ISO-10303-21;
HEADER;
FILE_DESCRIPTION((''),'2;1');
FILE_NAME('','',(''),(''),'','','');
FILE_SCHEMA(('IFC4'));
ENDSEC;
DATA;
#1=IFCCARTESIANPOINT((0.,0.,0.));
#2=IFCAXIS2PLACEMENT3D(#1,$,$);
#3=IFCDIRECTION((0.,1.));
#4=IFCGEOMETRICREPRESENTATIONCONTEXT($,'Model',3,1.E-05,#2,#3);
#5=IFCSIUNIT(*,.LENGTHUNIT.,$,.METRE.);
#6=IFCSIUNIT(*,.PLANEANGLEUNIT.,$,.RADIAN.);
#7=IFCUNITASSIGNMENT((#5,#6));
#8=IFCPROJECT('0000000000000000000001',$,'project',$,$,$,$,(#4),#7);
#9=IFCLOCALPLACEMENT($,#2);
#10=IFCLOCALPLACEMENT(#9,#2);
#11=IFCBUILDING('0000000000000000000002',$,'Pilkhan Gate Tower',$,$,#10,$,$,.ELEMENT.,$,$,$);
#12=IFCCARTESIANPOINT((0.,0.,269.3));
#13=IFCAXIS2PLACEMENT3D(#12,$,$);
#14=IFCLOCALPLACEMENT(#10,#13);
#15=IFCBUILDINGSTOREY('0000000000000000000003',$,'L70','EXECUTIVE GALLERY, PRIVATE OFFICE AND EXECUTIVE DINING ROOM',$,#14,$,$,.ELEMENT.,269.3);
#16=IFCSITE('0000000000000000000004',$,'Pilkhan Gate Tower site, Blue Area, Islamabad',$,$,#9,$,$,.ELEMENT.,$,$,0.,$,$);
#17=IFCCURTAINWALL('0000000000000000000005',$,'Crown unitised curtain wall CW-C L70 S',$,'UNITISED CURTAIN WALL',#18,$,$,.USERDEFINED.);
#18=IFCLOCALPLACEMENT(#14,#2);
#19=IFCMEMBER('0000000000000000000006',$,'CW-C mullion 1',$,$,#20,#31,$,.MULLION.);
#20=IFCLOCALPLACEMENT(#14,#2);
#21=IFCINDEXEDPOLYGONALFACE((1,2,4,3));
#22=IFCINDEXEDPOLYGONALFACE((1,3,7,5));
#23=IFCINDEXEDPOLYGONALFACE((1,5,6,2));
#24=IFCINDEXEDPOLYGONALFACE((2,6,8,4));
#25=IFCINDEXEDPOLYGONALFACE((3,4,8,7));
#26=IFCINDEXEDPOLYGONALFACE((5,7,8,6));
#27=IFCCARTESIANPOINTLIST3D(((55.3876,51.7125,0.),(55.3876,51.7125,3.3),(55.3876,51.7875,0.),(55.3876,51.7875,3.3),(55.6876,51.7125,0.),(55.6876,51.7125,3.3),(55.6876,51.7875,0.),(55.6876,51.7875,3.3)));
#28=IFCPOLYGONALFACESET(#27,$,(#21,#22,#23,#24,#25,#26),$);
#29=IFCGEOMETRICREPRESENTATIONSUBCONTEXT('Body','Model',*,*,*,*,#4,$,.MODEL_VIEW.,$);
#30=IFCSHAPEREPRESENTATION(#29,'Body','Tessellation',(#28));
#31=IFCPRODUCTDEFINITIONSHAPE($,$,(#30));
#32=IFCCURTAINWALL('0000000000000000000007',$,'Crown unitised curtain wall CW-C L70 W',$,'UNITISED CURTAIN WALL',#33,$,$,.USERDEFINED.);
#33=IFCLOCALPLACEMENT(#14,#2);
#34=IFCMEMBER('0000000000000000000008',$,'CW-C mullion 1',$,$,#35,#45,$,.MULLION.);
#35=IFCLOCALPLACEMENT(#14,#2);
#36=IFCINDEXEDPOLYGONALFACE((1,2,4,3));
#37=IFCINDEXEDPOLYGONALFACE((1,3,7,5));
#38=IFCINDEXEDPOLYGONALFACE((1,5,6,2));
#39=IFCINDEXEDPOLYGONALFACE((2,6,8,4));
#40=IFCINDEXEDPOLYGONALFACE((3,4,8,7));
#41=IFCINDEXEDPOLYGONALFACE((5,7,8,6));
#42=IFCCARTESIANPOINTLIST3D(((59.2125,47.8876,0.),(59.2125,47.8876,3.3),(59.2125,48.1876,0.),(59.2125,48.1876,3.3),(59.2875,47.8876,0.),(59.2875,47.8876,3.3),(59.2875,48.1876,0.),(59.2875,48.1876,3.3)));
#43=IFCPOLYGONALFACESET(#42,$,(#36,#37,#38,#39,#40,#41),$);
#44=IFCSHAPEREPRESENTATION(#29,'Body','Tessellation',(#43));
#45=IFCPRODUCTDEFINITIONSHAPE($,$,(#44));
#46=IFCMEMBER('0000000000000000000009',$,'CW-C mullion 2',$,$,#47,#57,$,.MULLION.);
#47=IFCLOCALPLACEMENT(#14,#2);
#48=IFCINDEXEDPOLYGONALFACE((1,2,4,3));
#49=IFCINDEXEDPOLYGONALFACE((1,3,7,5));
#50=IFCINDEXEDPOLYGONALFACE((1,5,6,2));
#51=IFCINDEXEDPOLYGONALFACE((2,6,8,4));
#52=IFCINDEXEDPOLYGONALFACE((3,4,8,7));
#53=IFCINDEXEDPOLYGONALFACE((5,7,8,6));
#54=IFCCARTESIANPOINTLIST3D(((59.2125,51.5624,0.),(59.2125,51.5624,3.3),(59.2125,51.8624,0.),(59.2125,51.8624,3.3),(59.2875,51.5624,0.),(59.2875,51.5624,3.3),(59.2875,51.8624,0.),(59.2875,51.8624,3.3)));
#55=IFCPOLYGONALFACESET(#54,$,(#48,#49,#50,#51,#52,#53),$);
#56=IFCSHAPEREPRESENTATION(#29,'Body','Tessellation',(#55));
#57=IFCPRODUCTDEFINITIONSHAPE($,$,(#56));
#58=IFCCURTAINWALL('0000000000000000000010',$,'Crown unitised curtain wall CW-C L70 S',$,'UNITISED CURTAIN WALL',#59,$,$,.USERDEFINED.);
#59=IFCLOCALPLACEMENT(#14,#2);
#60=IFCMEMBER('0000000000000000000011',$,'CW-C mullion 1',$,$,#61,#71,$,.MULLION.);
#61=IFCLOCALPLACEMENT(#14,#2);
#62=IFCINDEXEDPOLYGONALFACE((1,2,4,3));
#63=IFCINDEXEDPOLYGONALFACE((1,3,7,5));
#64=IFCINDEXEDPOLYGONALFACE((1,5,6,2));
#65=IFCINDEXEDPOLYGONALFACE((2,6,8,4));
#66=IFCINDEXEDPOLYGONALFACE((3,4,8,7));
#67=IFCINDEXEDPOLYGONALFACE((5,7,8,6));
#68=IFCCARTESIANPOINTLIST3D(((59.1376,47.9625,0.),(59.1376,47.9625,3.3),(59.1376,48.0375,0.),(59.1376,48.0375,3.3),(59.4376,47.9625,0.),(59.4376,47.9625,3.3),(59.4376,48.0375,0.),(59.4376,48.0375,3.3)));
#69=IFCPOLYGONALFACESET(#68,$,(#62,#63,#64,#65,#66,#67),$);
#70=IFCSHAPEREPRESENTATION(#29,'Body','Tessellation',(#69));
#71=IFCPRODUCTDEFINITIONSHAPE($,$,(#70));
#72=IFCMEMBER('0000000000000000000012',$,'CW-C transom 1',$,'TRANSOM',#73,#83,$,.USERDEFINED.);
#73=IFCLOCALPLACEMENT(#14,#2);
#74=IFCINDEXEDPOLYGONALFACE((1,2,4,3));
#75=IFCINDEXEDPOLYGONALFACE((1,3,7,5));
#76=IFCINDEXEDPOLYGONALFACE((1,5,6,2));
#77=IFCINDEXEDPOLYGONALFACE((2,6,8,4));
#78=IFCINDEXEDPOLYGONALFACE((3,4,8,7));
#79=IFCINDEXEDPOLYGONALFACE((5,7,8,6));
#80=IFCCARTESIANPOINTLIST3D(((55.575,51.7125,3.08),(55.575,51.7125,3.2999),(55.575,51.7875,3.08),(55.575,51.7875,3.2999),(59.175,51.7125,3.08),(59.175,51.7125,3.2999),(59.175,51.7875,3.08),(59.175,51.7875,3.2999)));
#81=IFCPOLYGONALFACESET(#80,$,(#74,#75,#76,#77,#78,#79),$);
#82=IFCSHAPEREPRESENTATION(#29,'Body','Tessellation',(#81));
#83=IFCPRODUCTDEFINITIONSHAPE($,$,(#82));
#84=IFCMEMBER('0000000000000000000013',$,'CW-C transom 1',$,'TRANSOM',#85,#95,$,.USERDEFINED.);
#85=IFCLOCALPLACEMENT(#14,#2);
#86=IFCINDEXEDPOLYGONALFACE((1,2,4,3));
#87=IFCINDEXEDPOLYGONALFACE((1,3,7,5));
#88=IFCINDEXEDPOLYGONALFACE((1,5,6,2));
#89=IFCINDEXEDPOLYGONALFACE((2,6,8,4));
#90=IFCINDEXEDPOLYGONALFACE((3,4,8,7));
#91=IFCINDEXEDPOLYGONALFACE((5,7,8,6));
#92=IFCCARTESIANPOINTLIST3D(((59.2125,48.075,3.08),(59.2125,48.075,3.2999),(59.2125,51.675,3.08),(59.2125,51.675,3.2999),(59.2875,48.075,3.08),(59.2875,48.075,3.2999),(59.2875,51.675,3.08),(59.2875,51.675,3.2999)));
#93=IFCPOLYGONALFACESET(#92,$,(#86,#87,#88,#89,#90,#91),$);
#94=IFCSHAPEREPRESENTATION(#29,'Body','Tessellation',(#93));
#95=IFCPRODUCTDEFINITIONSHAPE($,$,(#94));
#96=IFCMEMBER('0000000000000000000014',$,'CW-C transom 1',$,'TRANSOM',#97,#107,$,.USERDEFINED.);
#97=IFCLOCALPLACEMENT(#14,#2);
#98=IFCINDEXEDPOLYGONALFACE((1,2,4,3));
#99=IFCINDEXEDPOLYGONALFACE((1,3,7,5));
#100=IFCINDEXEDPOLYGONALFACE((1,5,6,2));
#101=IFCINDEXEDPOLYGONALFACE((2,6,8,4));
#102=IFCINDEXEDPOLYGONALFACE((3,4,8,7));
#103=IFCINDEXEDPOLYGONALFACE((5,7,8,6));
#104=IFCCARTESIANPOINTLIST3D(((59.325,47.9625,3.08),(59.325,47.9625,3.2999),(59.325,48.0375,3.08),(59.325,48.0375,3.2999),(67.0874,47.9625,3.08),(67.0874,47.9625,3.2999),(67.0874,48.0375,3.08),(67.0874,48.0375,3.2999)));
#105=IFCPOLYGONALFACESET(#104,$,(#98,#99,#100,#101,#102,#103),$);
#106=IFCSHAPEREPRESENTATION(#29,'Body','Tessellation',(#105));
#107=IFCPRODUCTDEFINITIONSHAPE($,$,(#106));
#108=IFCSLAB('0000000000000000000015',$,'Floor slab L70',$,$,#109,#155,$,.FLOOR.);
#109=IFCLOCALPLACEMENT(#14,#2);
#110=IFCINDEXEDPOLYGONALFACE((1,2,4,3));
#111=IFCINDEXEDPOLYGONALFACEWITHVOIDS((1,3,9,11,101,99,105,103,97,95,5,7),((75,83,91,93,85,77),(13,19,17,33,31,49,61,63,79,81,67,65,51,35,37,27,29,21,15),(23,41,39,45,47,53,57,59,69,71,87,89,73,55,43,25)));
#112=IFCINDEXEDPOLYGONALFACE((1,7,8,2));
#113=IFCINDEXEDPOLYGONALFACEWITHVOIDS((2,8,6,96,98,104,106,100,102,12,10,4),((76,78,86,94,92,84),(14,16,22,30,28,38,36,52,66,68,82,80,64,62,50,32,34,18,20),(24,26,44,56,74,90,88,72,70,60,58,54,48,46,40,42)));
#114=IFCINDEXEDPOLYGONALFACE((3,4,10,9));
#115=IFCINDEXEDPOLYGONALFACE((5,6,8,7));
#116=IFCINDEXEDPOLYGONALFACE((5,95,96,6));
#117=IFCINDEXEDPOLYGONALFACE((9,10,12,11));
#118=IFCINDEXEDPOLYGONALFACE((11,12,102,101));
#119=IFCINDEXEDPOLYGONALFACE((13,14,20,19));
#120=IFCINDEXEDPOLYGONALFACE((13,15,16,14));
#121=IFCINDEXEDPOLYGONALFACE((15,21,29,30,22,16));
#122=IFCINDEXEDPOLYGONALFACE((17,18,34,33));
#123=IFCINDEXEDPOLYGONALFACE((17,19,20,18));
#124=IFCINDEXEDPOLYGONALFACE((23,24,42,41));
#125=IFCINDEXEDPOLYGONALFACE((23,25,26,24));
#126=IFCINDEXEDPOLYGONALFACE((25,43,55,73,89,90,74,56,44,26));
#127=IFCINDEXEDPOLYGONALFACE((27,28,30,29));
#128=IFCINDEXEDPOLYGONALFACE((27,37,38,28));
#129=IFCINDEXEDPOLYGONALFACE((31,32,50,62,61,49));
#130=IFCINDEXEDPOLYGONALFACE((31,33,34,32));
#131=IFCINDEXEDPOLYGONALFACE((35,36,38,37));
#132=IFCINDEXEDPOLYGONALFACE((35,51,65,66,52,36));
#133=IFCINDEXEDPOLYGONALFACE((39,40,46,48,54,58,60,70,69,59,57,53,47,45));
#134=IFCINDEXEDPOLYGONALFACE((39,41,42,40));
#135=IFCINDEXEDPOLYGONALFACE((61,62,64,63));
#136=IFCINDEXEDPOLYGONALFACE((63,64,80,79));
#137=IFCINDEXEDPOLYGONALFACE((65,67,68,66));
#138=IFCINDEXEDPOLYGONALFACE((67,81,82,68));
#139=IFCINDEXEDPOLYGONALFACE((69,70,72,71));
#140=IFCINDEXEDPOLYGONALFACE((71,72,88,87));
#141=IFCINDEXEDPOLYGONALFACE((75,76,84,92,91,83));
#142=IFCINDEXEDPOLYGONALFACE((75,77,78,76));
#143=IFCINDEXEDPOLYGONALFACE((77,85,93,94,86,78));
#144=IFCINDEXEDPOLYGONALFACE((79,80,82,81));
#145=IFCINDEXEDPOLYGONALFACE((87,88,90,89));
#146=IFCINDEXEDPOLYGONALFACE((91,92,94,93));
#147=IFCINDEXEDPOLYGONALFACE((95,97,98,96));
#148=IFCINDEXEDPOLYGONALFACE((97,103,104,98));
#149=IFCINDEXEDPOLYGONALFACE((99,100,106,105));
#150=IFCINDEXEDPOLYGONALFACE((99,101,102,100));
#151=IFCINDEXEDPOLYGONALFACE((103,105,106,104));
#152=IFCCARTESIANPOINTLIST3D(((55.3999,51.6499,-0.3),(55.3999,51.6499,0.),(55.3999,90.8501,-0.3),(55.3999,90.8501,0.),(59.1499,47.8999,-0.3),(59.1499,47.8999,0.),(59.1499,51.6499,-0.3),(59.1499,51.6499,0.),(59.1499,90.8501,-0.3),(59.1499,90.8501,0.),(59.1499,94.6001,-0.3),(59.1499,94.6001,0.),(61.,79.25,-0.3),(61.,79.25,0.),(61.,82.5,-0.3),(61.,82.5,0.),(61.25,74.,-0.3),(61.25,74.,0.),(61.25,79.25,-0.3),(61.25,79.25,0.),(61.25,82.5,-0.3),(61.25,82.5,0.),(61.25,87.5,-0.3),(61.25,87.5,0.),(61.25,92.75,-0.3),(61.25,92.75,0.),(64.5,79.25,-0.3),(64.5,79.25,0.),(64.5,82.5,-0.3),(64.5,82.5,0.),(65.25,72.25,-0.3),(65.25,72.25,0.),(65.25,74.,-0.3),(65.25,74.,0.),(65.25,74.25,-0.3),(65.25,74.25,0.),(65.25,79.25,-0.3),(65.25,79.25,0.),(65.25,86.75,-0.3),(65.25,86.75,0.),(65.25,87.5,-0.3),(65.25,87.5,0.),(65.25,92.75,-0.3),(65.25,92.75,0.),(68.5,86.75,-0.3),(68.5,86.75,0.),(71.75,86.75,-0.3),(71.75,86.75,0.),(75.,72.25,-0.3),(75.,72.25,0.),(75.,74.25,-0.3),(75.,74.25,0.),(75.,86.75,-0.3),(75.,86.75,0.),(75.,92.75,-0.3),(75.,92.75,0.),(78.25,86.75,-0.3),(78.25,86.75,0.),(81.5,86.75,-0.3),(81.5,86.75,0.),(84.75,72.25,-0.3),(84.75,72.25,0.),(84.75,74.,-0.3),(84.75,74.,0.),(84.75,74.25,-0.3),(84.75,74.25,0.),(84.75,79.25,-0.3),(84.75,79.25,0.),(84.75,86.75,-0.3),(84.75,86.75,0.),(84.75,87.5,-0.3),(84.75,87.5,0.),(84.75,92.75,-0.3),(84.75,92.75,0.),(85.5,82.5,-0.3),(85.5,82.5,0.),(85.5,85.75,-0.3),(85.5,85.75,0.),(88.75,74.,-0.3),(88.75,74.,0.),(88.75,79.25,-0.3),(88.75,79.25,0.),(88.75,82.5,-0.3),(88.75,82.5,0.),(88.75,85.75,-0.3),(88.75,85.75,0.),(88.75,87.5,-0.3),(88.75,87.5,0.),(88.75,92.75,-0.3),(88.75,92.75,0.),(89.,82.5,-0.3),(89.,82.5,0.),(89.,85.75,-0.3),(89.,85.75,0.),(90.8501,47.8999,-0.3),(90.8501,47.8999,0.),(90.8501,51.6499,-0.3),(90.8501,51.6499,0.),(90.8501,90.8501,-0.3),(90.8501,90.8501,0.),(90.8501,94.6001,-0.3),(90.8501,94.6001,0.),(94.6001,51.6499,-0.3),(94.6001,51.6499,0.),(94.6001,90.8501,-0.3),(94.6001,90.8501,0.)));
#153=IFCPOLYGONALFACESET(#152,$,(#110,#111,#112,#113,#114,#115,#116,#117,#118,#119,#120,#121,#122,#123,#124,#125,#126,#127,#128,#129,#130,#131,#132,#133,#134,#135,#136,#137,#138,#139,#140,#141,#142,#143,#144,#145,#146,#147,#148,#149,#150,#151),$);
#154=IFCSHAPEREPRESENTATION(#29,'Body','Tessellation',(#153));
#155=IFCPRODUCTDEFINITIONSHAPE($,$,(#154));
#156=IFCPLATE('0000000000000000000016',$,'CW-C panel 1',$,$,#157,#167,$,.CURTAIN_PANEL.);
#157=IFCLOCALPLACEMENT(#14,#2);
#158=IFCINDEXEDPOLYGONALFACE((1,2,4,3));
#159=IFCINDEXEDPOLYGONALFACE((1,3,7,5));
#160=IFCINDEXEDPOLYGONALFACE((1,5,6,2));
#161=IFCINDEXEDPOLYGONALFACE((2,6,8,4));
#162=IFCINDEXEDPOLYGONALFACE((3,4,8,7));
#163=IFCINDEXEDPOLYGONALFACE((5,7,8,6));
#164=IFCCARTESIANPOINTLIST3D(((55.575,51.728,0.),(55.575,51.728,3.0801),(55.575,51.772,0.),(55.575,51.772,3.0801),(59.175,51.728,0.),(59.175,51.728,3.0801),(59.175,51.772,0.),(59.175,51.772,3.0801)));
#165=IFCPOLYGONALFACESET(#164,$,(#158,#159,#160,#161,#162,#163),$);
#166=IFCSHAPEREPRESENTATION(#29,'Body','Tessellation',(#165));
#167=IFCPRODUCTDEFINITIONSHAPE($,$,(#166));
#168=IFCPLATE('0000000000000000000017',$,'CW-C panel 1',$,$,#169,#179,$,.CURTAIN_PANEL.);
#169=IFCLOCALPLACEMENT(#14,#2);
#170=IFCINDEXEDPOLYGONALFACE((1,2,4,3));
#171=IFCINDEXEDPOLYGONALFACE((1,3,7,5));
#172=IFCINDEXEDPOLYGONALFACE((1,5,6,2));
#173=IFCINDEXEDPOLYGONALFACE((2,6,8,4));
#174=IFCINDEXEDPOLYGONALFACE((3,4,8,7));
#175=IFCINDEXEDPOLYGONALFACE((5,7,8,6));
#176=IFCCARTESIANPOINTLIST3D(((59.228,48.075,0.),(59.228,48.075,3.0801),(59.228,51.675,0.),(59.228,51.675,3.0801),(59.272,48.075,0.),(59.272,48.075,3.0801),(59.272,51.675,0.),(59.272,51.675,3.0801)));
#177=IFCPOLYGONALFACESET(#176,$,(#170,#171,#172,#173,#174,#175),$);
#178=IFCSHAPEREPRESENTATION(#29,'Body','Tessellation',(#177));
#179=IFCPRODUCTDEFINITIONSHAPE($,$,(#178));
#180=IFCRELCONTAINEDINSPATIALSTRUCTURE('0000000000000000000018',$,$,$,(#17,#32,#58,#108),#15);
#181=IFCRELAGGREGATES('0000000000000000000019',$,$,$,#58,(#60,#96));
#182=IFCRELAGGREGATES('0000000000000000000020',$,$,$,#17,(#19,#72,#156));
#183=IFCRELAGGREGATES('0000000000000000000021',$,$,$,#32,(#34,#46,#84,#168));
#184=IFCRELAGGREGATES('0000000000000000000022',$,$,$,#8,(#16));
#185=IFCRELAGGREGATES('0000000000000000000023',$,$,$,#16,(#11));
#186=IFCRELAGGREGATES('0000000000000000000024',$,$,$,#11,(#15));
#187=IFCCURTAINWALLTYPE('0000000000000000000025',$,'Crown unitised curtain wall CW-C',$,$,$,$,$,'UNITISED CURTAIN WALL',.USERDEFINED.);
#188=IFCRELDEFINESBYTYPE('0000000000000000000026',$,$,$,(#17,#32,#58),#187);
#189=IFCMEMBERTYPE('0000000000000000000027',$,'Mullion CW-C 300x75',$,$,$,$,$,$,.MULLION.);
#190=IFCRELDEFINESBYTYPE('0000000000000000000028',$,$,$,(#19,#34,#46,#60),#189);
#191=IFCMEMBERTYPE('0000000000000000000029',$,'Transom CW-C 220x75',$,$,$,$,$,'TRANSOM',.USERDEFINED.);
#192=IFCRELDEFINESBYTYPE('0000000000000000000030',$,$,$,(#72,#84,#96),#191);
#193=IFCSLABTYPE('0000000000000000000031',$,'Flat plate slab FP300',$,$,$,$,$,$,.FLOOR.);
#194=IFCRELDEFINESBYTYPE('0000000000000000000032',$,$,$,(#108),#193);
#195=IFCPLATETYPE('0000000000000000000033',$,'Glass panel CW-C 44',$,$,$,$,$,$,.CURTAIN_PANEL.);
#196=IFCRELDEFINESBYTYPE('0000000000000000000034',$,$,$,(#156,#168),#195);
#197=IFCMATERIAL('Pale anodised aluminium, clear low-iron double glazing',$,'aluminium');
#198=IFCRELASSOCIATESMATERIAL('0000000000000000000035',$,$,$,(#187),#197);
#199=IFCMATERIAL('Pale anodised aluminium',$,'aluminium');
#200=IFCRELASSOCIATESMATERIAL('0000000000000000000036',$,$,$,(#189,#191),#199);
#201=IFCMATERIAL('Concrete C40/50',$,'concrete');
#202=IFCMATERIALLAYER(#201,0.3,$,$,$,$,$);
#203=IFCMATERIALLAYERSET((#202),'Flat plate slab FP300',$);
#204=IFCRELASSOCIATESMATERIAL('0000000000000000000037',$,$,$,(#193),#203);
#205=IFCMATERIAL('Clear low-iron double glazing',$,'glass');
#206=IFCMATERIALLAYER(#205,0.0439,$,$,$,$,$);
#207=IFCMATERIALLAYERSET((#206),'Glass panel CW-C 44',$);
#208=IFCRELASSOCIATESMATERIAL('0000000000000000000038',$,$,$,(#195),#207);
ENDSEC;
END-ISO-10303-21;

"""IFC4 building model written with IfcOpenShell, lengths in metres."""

from ifc_helpers import new_model, si_unit, direction, frame, origin, origin_2d, place, context, subcontext, project, spatial, polyline, rectangle, outline, extrude, material, layer, layer_set, material_profile, profile_set, type_object, element, aggregate, save


model = new_model("IFC4")

# Units and contexts
model_context = context("Model", 3, precision=1e-05, world=origin(), true_north=direction((0.0, 1.0)))
body_context = subcontext(model_context, "Body", "Model", "MODEL_VIEW")
ifc_project = project(units=[si_unit("LENGTHUNIT", "METRE"), si_unit("PLANEANGLEUNIT", "RADIAN")], contexts=[model_context])

# Site, building, storey
site_placement = place(None, origin())
site = spatial("IfcSite", under=ifc_project, at=site_placement, Name="Pilkhan Gate Tower site, Blue Area, Islamabad", CompositionType="ELEMENT", RefElevation=0.0)
building_placement = place(site_placement, origin())
building = spatial("IfcBuilding", under=site, at=building_placement, Name="Pilkhan Gate Tower", CompositionType="ELEMENT")
storey_placement = place(building_placement, frame((0.0, 0.0, 269.3)))
storey = spatial("IfcBuildingStorey", under=building, at=storey_placement, Name="L70", Description="EXECUTIVE GALLERY, PRIVATE OFFICE AND EXECUTIVE DINING ROOM", CompositionType="ELEMENT", Elevation=269.3)

# Curtain wall, member
ifc_material_1 = material(Name="Pale anodised aluminium, clear low-iron double glazing", Category="aluminium")
curtain_wall_type = type_object("IfcCurtainWallType", Name="Crown unitised curtain wall CW-C", ElementType="UNITISED CURTAIN WALL", PredefinedType="USERDEFINED", material=ifc_material_1)
curtain_wall_1_placement = place(storey_placement, origin())
curtain_wall_1 = element("IfcCurtainWall", 1, at=curtain_wall_1_placement, inside=storey, type_object=curtain_wall_type, Name="Crown unitised curtain wall CW-C L70 S", ObjectType="UNITISED CURTAIN WALL", PredefinedType="USERDEFINED")
ifc_material_2 = material(Name="Pale anodised aluminium", Category="aluminium")
ifc_material_profile_1 = material_profile(ifc_material_2, rectangle(XDim=0.075, YDim=0.3, at=origin_2d()), Name="Mullion 300x75")
ifc_profile_set_1 = profile_set([ifc_material_profile_1], Name="Pale anodised aluminium")
member_type_1 = type_object("IfcMemberType", Name="Mullion CW-C 300x75", PredefinedType="MULLION", material=ifc_profile_set_1)
member_1_placement = place(storey_placement, frame((55.5376, 51.75, 0.0), z_axis=(0.0, 0.0, 1.0), x_axis=(0.0, 1.0, 0.0)))
member_1 = element("IfcMember", 2, at=member_1_placement, type_object=member_type_1, Name="CW-C mullion 1", PredefinedType="MULLION", context=body_context, shape_type="SweptSolid", body=[
    extrude(rectangle(XDim=0.075, YDim=0.3, at=origin_2d()), origin(), (0.0, 0.0, 1.0), 3.3),
])

# Curtain wall, members
curtain_wall_2_placement = place(storey_placement, origin())
curtain_wall_2 = element("IfcCurtainWall", 3, at=curtain_wall_2_placement, inside=storey, type_object=curtain_wall_type, Name="Crown unitised curtain wall CW-C L70 W", ObjectType="UNITISED CURTAIN WALL", PredefinedType="USERDEFINED")
member_2_placement = place(storey_placement, frame((59.25, 48.0376, 0.0), z_axis=(0.0, 0.0, 1.0), x_axis=(-1.0, 0.0, 0.0)))
member_2 = element("IfcMember", 4, at=member_2_placement, type_object=member_type_1, Name="CW-C mullion 1", PredefinedType="MULLION", context=body_context, shape_type="SweptSolid", body=[
    extrude(rectangle(XDim=0.075, YDim=0.3, at=origin_2d()), origin(), (0.0, 0.0, 1.0), 3.3),
])
member_3_placement = place(storey_placement, frame((59.25, 51.7124, 0.0), z_axis=(0.0, 0.0, 1.0), x_axis=(-1.0, 0.0, 0.0)))
member_3 = element("IfcMember", 5, at=member_3_placement, type_object=member_type_1, Name="CW-C mullion 2", PredefinedType="MULLION", context=body_context, shape_type="SweptSolid", body=[
    extrude(rectangle(XDim=0.075, YDim=0.3, at=origin_2d()), origin(), (0.0, 0.0, 1.0), 3.3),
])

# Curtain wall, member
curtain_wall_3_placement = place(storey_placement, origin())
curtain_wall_3 = element("IfcCurtainWall", 6, at=curtain_wall_3_placement, inside=storey, type_object=curtain_wall_type, Name="Crown unitised curtain wall CW-C L70 S", ObjectType="UNITISED CURTAIN WALL", PredefinedType="USERDEFINED")
member_4_placement = place(storey_placement, frame((59.2876, 48.0, 0.0), z_axis=(0.0, 0.0, 1.0), x_axis=(0.0, 1.0, 0.0)))
member_4 = element("IfcMember", 7, at=member_4_placement, type_object=member_type_1, Name="CW-C mullion 1", PredefinedType="MULLION", context=body_context, shape_type="SweptSolid", body=[
    extrude(rectangle(XDim=0.075, YDim=0.3, at=origin_2d()), origin(), (0.0, 0.0, 1.0), 3.3),
])

# Members
ifc_material_profile_2 = material_profile(ifc_material_2, rectangle(XDim=0.075, YDim=0.22, at=origin_2d()), Name="Transom 220x75")
ifc_profile_set_2 = profile_set([ifc_material_profile_2], Name="Pale anodised aluminium")
member_type_2 = type_object("IfcMemberType", Name="Transom CW-C 220x75", ElementType="TRANSOM", PredefinedType="USERDEFINED", material=ifc_profile_set_2)
member_5_placement = place(storey_placement, frame((55.575, 51.75, 3.1899), z_axis=(1.0, 0.0, 0.0), x_axis=(0.0, 1.0, 0.0)))
member_5 = element("IfcMember", 8, at=member_5_placement, type_object=member_type_2, Name="CW-C transom 1", ObjectType="TRANSOM", PredefinedType="USERDEFINED", context=body_context, shape_type="SweptSolid", body=[
    extrude(rectangle(XDim=0.075, YDim=0.22, at=origin_2d()), origin(), (0.0, 0.0, 1.0), 3.6001),
])
member_6_placement = place(storey_placement, frame((59.25, 48.075, 3.1899), z_axis=(0.0, 1.0, 0.0), x_axis=(-1.0, 0.0, 0.0)))
member_6 = element("IfcMember", 9, at=member_6_placement, type_object=member_type_2, Name="CW-C transom 1", ObjectType="TRANSOM", PredefinedType="USERDEFINED", context=body_context, shape_type="SweptSolid", body=[
    extrude(rectangle(XDim=0.075, YDim=0.22, at=origin_2d()), origin(), (0.0, 0.0, 1.0), 3.6001),
])
member_7_placement = place(storey_placement, frame((59.325, 48.0, 3.1899), z_axis=(1.0, 0.0, 0.0), x_axis=(0.0, 1.0, 0.0)))
member_7 = element("IfcMember", 10, at=member_7_placement, type_object=member_type_2, Name="CW-C transom 1", ObjectType="TRANSOM", PredefinedType="USERDEFINED", context=body_context, shape_type="SweptSolid", body=[
    extrude(rectangle(XDim=0.075, YDim=0.22, at=origin_2d()), origin(), (0.0, 0.0, 1.0), 7.7625),
])
aggregate(curtain_wall_3, [member_4, member_7])

# Slab
ifc_material_3 = material(Name="Concrete C40/50", Category="concrete")
ifc_layer_1 = layer(ifc_material_3, 0.3)
ifc_layer_set_1 = layer_set([ifc_layer_1], Name="Flat plate slab FP300")
slab_type_1 = type_object("IfcSlabType", Name="Flat plate slab FP300", PredefinedType="FLOOR", material=ifc_layer_set_1)
slab_1_placement = place(storey_placement, frame((0.0, 0.0, -0.3)))
element("IfcSlab", 11, at=slab_1_placement, inside=storey, type_object=slab_type_1, Name="Floor slab L70", PredefinedType="FLOOR", context=body_context, shape_type="SweptSolid", body=[
    extrude(outline(polyline([(90.8501, 47.8999), (59.1499, 47.8999), (59.1499, 51.6499), (55.3999, 51.6499), (55.3999, 90.8501), (59.1499, 90.8501), (59.1499, 94.6001), (90.8501, 94.6001), (90.8501, 90.8501), (94.6001, 90.8501), (94.6001, 51.6499), (90.8501, 51.6499), (90.8501, 47.8999)]), holes=[polyline([(68.5, 86.75), (71.75, 86.75), (75.0, 86.75), (78.25, 86.75), (81.5, 86.75), (84.75, 86.75), (84.75, 87.5), (88.75, 87.5), (88.75, 92.75), (84.75, 92.75), (75.0, 92.75), (65.25, 92.75), (61.25, 92.75), (61.25, 87.5), (65.25, 87.5), (65.25, 86.75), (68.5, 86.75)]), polyline([(84.75, 74.25), (75.0, 74.25), (65.25, 74.25), (65.25, 79.25), (64.5, 79.25), (64.5, 82.5), (61.25, 82.5), (61.0, 82.5), (61.0, 79.25), (61.25, 79.25), (61.25, 74.0), (65.25, 74.0), (65.25, 72.25), (75.0, 72.25), (84.75, 72.25), (84.75, 74.0), (88.75, 74.0), (88.75, 79.25), (84.75, 79.25), (84.75, 74.25)]), polyline([(85.5, 85.75), (85.5, 82.5), (88.75, 82.5), (89.0, 82.5), (89.0, 85.75), (88.75, 85.75), (85.5, 85.75)])]), origin(), (0.0, 0.0, 1.0), 0.3),
])

# Plates
ifc_material_4 = material(Name="Clear low-iron double glazing", Category="glass")
ifc_layer_2 = layer(ifc_material_4, 0.0439)
ifc_layer_set_2 = layer_set([ifc_layer_2], Name="Glass panel CW-C 44")
plate_type = type_object("IfcPlateType", Name="Glass panel CW-C 44", PredefinedType="CURTAIN_PANEL", material=ifc_layer_set_2)
plate_1_placement = place(storey_placement, frame((57.375, 51.75, 0.0), z_axis=(0.0, 0.0, 1.0), x_axis=(1.0, 0.0, 0.0)))
plate_1 = element("IfcPlate", 12, at=plate_1_placement, type_object=plate_type, Name="CW-C panel 1", PredefinedType="CURTAIN_PANEL", context=body_context, shape_type="SweptSolid", body=[
    extrude(rectangle(XDim=3.6001, YDim=0.0439, at=origin_2d()), origin(), (0.0, 0.0, 1.0), 3.0801),
])
aggregate(curtain_wall_1, [member_1, member_5, plate_1])
plate_2_placement = place(storey_placement, frame((59.25, 49.875, 0.0), z_axis=(0.0, 0.0, 1.0), x_axis=(0.0, 1.0, 0.0)))
plate_2 = element("IfcPlate", 13, at=plate_2_placement, type_object=plate_type, Name="CW-C panel 1", PredefinedType="CURTAIN_PANEL", context=body_context, shape_type="SweptSolid", body=[
    extrude(rectangle(XDim=3.6001, YDim=0.0439, at=origin_2d()), origin(), (0.0, 0.0, 1.0), 3.0801),
])
aggregate(curtain_wall_2, [member_2, member_3, member_6, plate_2])

save(model, "model.ifc")
